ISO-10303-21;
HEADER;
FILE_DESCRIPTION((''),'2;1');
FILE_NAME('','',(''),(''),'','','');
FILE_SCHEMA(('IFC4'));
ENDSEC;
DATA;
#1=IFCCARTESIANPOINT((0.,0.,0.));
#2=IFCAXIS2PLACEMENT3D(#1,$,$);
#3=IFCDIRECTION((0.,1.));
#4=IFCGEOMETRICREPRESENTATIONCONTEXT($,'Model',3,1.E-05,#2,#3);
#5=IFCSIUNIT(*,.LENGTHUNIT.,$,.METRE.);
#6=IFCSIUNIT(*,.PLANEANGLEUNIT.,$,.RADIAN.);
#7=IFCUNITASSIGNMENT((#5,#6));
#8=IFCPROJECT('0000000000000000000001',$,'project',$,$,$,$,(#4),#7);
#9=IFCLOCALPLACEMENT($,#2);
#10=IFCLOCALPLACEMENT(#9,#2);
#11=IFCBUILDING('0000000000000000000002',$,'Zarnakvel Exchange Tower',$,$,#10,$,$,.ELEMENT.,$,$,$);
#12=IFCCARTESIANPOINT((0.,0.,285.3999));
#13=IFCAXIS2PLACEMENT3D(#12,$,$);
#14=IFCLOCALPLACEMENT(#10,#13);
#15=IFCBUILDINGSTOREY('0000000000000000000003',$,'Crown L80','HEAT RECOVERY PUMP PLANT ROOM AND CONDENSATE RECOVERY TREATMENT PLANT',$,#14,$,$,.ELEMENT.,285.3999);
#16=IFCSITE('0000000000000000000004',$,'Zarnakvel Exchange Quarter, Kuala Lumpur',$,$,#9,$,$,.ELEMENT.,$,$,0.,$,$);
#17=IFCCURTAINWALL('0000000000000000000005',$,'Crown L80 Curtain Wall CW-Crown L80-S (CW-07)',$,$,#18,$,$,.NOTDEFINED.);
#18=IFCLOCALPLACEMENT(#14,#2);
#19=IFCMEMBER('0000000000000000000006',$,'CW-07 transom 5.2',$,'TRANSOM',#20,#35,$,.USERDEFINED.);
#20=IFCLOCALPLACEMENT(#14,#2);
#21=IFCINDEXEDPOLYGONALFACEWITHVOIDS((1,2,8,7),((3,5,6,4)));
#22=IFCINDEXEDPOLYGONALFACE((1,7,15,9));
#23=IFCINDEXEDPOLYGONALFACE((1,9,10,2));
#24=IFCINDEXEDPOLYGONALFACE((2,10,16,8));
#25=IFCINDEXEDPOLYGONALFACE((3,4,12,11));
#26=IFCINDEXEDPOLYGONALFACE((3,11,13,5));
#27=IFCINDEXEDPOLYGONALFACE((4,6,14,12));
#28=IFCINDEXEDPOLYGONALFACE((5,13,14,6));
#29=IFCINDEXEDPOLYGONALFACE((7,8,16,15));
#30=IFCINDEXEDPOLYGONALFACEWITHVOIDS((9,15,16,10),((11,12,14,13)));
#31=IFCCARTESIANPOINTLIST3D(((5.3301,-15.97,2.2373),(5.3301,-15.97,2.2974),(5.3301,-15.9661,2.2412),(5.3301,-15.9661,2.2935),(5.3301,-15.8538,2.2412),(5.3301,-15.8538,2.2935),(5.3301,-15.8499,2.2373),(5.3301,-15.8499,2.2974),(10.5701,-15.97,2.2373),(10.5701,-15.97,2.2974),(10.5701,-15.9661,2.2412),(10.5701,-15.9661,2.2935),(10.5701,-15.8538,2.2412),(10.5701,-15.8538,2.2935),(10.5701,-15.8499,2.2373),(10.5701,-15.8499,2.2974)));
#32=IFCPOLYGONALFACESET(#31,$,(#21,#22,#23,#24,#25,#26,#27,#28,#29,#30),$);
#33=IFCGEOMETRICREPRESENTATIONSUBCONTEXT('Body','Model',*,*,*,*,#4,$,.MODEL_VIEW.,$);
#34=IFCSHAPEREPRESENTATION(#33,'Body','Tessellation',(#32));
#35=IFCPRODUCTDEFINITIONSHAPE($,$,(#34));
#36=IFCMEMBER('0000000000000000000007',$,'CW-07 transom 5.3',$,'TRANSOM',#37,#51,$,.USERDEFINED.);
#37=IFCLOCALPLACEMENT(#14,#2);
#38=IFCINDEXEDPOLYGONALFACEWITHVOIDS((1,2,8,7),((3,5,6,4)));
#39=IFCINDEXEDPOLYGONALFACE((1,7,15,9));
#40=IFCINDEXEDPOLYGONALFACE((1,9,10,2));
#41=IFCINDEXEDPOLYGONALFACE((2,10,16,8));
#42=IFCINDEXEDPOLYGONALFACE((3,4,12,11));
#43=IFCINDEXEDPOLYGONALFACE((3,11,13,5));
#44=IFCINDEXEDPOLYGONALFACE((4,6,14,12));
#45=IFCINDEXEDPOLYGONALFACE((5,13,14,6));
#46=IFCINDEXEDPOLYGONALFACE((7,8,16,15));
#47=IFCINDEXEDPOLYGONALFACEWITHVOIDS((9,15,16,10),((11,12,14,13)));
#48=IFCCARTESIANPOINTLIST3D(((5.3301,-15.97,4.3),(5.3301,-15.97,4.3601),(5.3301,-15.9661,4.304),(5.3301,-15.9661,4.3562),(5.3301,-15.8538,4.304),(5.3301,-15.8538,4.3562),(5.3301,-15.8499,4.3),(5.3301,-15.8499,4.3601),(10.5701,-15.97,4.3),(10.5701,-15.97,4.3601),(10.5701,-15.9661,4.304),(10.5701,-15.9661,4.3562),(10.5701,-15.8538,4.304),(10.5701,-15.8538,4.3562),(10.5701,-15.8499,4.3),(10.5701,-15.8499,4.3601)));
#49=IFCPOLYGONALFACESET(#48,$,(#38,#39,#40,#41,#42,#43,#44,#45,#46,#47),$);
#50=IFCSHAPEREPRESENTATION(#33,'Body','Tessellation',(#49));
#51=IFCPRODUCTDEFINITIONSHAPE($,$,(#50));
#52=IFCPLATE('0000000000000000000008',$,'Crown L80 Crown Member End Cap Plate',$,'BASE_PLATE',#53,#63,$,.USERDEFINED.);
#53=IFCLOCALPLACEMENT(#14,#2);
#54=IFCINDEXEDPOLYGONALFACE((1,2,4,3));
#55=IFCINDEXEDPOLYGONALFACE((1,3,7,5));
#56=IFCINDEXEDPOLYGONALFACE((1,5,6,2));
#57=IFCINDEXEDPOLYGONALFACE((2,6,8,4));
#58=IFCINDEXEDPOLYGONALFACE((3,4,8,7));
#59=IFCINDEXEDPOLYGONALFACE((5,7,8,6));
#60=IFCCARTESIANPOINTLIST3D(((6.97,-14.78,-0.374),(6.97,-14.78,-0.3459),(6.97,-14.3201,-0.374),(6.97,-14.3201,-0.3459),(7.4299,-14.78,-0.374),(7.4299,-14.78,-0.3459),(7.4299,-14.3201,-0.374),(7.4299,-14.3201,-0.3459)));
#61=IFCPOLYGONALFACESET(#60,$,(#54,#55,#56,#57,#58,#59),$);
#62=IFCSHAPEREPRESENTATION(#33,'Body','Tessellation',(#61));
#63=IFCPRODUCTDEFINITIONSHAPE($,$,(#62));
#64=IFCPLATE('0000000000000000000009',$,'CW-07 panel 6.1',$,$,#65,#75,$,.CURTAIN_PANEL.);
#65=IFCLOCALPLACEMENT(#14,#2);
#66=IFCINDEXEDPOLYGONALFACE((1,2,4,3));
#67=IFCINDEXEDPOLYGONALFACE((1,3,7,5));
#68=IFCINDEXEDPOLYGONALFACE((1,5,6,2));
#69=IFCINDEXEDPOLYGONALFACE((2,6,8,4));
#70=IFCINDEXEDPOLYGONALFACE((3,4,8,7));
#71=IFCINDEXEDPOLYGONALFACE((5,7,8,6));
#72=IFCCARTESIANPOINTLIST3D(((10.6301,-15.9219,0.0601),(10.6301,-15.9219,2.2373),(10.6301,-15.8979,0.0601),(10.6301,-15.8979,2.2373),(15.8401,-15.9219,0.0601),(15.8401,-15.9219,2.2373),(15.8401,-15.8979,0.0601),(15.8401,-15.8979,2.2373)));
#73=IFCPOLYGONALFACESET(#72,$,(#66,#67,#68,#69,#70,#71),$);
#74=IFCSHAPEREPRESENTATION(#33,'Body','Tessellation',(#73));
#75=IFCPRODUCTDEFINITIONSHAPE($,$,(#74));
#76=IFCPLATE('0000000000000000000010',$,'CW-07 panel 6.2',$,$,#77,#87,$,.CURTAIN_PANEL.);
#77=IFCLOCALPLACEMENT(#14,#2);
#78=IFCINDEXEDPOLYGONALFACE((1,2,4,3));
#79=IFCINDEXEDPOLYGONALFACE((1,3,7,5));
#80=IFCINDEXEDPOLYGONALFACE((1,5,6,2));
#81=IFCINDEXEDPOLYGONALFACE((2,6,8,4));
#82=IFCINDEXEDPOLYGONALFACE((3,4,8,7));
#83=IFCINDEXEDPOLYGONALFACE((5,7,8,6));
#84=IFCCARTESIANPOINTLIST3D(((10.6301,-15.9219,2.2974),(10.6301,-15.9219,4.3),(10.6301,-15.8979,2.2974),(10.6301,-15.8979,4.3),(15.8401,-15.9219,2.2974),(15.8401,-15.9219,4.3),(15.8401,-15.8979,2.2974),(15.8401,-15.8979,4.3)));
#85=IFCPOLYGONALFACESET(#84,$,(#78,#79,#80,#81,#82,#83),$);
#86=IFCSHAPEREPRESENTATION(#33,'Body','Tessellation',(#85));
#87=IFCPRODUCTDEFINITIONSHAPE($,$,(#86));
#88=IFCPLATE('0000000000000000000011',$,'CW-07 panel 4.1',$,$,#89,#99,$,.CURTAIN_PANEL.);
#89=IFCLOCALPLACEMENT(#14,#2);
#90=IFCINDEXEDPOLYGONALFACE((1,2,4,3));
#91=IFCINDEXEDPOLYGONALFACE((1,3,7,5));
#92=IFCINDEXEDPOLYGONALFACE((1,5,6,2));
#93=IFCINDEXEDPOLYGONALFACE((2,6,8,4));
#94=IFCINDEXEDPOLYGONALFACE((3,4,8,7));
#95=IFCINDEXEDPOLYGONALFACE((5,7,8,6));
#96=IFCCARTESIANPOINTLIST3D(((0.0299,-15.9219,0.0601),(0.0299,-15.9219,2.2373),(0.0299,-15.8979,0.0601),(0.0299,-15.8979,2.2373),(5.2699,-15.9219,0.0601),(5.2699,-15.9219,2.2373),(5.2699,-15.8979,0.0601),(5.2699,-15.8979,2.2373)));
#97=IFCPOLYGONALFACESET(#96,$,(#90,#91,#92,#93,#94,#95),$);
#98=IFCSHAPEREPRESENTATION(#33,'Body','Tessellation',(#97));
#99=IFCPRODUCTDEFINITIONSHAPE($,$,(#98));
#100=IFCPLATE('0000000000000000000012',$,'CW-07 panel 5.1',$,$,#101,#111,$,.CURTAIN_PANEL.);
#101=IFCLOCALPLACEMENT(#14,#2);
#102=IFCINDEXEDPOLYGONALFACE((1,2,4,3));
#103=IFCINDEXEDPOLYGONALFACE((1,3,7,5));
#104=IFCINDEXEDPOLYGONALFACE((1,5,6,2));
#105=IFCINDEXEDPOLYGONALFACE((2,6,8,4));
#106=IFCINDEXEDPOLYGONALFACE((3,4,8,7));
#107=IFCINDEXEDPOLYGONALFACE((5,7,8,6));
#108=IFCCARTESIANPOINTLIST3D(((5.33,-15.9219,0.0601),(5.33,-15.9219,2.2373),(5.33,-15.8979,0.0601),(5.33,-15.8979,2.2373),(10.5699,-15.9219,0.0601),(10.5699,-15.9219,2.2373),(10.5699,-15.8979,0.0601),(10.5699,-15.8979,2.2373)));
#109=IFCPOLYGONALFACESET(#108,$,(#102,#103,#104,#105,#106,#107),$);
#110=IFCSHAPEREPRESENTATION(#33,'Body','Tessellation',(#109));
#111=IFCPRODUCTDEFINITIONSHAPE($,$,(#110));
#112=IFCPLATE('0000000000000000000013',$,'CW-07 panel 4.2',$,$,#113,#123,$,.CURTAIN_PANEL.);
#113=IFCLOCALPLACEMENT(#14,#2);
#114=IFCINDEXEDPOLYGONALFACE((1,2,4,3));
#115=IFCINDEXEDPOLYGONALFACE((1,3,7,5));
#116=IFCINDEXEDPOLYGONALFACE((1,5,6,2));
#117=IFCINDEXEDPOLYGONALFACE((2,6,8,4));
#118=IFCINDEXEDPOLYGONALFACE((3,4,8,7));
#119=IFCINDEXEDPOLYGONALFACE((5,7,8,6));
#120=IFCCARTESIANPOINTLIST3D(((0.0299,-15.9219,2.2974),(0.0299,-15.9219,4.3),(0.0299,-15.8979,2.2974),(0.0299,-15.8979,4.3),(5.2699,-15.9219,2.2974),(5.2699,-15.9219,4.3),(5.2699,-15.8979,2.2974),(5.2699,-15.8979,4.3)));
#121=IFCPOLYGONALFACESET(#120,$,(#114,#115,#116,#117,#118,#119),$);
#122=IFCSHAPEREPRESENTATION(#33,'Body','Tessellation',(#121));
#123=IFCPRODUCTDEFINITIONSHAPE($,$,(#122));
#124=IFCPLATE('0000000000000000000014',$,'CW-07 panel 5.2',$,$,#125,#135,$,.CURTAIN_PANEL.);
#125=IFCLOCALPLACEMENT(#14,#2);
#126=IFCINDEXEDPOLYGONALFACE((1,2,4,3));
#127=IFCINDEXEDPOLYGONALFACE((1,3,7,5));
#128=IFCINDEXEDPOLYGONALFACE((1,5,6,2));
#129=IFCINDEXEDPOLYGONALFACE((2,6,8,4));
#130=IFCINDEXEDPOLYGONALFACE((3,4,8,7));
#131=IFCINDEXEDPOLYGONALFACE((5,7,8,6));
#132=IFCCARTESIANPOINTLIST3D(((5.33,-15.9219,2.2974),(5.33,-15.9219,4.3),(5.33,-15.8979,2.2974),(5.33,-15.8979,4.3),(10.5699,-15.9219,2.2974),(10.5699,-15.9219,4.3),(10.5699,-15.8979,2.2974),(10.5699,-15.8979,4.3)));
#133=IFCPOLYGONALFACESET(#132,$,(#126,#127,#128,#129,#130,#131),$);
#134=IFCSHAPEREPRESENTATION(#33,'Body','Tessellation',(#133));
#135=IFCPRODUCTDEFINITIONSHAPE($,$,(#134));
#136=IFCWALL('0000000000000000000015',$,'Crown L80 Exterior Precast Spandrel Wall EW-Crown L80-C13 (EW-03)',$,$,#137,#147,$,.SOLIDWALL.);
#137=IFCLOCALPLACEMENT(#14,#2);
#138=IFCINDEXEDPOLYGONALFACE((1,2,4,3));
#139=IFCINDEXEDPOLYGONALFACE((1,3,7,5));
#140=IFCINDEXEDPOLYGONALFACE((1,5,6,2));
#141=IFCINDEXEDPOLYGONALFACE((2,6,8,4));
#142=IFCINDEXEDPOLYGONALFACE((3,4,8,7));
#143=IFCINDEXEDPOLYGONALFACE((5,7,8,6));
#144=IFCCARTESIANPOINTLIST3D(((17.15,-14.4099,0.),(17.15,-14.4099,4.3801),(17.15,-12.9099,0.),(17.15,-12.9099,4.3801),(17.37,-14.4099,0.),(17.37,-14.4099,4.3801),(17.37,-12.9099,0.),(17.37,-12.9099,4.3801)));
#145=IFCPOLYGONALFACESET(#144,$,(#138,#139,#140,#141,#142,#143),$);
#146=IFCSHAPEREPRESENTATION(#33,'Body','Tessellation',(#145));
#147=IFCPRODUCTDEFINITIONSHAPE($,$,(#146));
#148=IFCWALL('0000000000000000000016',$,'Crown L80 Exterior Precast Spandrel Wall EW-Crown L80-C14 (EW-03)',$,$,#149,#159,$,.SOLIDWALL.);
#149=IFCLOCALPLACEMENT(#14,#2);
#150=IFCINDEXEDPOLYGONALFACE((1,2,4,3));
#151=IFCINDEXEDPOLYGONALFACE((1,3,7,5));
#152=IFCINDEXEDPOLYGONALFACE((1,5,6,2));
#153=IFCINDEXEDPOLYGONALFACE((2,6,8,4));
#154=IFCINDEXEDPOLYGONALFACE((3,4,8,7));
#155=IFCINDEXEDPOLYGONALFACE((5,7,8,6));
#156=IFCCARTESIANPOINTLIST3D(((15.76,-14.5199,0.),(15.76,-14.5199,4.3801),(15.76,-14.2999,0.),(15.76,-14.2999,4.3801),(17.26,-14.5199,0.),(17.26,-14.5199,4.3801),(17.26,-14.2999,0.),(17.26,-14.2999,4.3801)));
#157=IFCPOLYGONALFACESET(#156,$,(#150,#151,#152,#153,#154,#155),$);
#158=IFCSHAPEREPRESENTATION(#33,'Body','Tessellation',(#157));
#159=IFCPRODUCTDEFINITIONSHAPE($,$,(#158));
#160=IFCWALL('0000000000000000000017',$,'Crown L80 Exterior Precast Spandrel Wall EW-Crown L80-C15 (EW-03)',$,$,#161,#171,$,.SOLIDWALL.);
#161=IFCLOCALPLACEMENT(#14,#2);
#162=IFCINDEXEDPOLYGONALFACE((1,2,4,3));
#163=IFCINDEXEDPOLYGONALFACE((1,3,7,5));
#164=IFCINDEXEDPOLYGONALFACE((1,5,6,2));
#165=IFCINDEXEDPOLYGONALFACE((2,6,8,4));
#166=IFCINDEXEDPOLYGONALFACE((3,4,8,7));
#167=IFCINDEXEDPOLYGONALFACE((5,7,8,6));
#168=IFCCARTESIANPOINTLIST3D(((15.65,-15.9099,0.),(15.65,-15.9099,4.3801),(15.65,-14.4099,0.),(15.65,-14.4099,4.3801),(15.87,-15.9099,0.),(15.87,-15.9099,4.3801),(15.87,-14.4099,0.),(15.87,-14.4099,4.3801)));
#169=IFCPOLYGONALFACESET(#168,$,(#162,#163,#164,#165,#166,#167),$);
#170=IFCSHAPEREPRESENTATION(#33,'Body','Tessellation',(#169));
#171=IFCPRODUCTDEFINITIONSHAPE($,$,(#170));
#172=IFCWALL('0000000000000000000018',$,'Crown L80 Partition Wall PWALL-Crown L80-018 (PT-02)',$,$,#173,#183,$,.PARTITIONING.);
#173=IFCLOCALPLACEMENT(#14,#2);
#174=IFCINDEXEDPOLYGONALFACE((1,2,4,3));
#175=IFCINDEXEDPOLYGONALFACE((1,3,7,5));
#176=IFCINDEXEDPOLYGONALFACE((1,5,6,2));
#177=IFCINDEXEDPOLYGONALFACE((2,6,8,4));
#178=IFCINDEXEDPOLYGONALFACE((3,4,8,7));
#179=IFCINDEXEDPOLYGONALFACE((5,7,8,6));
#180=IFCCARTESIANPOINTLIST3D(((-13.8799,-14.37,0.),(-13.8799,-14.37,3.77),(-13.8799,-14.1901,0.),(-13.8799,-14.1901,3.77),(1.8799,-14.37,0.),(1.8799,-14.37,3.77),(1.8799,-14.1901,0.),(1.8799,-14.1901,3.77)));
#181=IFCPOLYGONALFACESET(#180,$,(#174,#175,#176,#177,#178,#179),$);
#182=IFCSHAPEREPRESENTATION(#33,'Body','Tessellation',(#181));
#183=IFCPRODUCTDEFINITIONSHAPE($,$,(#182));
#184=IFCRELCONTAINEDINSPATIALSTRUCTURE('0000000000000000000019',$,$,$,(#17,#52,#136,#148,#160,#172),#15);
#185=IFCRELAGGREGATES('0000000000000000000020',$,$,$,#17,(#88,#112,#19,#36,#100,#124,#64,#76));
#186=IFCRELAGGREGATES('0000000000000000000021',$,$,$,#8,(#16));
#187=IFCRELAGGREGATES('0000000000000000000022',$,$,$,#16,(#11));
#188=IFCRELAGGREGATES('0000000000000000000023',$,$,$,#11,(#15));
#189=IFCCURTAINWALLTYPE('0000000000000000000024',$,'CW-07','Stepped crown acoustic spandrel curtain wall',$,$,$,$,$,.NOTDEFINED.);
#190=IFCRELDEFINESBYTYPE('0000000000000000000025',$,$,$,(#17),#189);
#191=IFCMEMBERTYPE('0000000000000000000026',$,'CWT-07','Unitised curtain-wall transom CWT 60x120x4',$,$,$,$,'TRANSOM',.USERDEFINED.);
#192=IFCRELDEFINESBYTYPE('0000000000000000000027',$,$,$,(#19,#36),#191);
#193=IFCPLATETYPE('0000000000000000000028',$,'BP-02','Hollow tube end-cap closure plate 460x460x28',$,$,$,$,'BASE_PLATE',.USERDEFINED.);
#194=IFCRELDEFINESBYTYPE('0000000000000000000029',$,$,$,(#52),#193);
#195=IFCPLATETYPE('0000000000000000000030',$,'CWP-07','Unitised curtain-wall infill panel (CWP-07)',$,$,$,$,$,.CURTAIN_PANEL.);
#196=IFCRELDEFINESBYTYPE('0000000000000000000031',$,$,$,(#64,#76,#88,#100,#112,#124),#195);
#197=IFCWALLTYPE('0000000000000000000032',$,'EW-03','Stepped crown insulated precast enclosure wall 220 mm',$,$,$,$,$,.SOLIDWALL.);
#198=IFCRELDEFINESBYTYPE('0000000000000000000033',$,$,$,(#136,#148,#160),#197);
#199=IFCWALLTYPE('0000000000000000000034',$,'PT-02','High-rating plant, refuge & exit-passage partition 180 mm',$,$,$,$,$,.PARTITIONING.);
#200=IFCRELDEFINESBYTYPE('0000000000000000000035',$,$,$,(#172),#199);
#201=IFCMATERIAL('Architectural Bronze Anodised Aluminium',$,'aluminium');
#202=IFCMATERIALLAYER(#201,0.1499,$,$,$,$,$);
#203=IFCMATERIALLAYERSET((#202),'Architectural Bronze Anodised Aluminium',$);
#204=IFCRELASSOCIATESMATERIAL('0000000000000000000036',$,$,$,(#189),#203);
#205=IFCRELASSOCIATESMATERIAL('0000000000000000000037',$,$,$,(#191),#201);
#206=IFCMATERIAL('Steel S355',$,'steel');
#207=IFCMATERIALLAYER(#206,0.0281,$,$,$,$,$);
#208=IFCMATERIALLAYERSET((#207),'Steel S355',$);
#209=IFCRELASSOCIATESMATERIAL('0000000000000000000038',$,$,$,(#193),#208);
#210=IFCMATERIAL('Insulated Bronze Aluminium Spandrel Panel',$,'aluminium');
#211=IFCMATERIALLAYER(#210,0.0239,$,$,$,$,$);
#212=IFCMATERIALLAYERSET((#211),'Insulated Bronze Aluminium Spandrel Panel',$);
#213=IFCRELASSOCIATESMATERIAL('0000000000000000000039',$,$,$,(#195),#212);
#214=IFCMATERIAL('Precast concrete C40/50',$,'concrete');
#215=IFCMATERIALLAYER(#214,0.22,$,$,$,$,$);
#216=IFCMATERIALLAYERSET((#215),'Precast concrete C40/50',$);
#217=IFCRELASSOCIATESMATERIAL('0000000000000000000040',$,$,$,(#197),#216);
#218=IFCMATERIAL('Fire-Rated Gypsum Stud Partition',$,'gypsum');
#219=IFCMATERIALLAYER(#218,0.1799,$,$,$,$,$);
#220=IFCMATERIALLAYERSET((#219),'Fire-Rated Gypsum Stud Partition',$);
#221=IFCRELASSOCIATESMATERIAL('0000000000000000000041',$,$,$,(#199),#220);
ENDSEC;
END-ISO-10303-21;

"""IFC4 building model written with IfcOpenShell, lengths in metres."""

from ifc_helpers import new_model, si_unit, direction, frame, frame_2d, origin, origin_2d, place, context, subcontext, project, spatial, rectangle, hollow_rectangle, extrude, source, transform, mapped, material, layer, layer_set, material_profile, profile_set, type_object, element, aggregate, save


model = new_model("IFC4")

# Units and contexts
model_context = context("Model", 3, precision=1e-05, world=origin(), true_north=direction((0.0, 1.0)))
body_context = subcontext(model_context, "Body", "Model", "MODEL_VIEW")
ifc_project = project(units=[si_unit("LENGTHUNIT", "METRE"), si_unit("PLANEANGLEUNIT", "RADIAN")], contexts=[model_context])

# Site, building, storey
site_placement = place(None, origin())
site = spatial("IfcSite", under=ifc_project, at=site_placement, Name="Zarnakvel Exchange Quarter, Kuala Lumpur", CompositionType="ELEMENT", RefElevation=0.0)
building_placement = place(site_placement, origin())
building = spatial("IfcBuilding", under=site, at=building_placement, Name="Zarnakvel Exchange Tower", CompositionType="ELEMENT")
storey_placement = place(building_placement, frame((0.0, 0.0, 285.3999)))
storey = spatial("IfcBuildingStorey", under=building, at=storey_placement, Name="Crown L80", Description="HEAT RECOVERY PUMP PLANT ROOM AND CONDENSATE RECOVERY TREATMENT PLANT", CompositionType="ELEMENT", Elevation=285.3999)

# Shared definitions
ifc_material_1 = material(Name="Steel S355", Category="steel")

# Curtain wall, members
ifc_material_2 = material(Name="Architectural Bronze Anodised Aluminium", Category="aluminium")
ifc_layer_1 = layer(ifc_material_2, 0.1499)
ifc_layer_set_1 = layer_set([ifc_layer_1], Name="Architectural Bronze Anodised Aluminium")
curtain_wall_type = type_object("IfcCurtainWallType", Name="CW-07", Description="Stepped crown acoustic spandrel curtain wall", PredefinedType="NOTDEFINED", material=ifc_layer_set_1)
curtain_wall_placement = place(storey_placement, origin())
curtain_wall = element("IfcCurtainWall", 1, at=curtain_wall_placement, inside=storey, type_object=curtain_wall_type, Name="Crown L80 Curtain Wall CW-Crown L80-S (CW-07)", PredefinedType="NOTDEFINED")
ifc_material_profile_1 = material_profile(ifc_material_2, hollow_rectangle(XDim=0.1201, YDim=0.0601, WallThickness=0.0039, at=origin_2d()))
ifc_profile_set_1 = profile_set([ifc_material_profile_1], Name="Architectural Bronze Anodised Aluminium")
member_type_1 = type_object("IfcMemberType", Name="CWT-07", Description="Unitised curtain-wall transom CWT 60x120x4", ElementType="TRANSOM", PredefinedType="USERDEFINED", material=ifc_profile_set_1)
shared_shape_1 = source(origin(), body_context, "Body", "SweptSolid", [
    extrude(hollow_rectangle(XDim=0.1201, YDim=0.0601, WallThickness=0.0039, at=origin_2d()), origin(), (0.0, 0.0, 1.0), 5.24),
])
member_1_placement = place(storey_placement, frame((5.3301, -15.9099, 2.2673), z_axis=(1.0, 0.0, 0.0), x_axis=(0.0, 1.0, 0.0)))
member_1 = element("IfcMember", 2, at=member_1_placement, type_object=member_type_1, Name="CW-07 transom 5.2", ObjectType="TRANSOM", PredefinedType="USERDEFINED", context=body_context, shape_type="MappedRepresentation", body=[
    mapped(shared_shape_1, transform((0.0, 0.0, 0.0), x_axis=(1.0, 0.0, 0.0), y_axis=(0.0, 1.0, 0.0), z_axis=(0.0, 0.0, 1.0), scale=1.0)),
])
member_2_placement = place(storey_placement, frame((5.3301, -15.9099, 4.3301), z_axis=(1.0, 0.0, 0.0), x_axis=(0.0, 1.0, 0.0)))
member_2 = element("IfcMember", 3, at=member_2_placement, type_object=member_type_1, Name="CW-07 transom 5.3", ObjectType="TRANSOM", PredefinedType="USERDEFINED", context=body_context, shape_type="MappedRepresentation", body=[
    mapped(shared_shape_1, transform((0.0, 0.0, 0.0), x_axis=(1.0, 0.0, 0.0), y_axis=(0.0, 1.0, 0.0), z_axis=(0.0, 0.0, 1.0), scale=1.0)),
])

# Plates
ifc_layer_2 = layer(ifc_material_1, 0.0281)
ifc_layer_set_2 = layer_set([ifc_layer_2], Name="Steel S355")
plate_type_1 = type_object("IfcPlateType", Name="BP-02", Description="Hollow tube end-cap closure plate 460x460x28", ElementType="BASE_PLATE", PredefinedType="USERDEFINED", material=ifc_layer_set_2)
shared_shape_2 = source(origin(), body_context, "Body", "SweptSolid", [
    extrude(rectangle(XDim=0.46, YDim=0.46, at=origin_2d()), origin(), (0.0, 0.0, 1.0), 0.0281),
])
plate_1_placement = place(storey_placement, frame((7.2, -14.55, -0.374), z_axis=(0.0, 0.0, 1.0), x_axis=(1.0, 0.0, 0.0)))
element("IfcPlate", 4, at=plate_1_placement, inside=storey, type_object=plate_type_1, Name="Crown L80 Crown Member End Cap Plate", ObjectType="BASE_PLATE", PredefinedType="USERDEFINED", context=body_context, shape_type="MappedRepresentation", body=[
    mapped(shared_shape_2, transform((0.0, 0.0, 0.0), x_axis=(1.0, 0.0, 0.0), y_axis=(0.0, 1.0, 0.0), z_axis=(0.0, 0.0, 1.0), scale=1.0)),
])
ifc_material_3 = material(Name="Insulated Bronze Aluminium Spandrel Panel", Category="aluminium")
ifc_layer_3 = layer(ifc_material_3, 0.0239)
ifc_layer_set_3 = layer_set([ifc_layer_3], Name="Insulated Bronze Aluminium Spandrel Panel")
plate_type_2 = type_object("IfcPlateType", Name="CWP-07", Description="Unitised curtain-wall infill panel (CWP-07)", PredefinedType="CURTAIN_PANEL", material=ifc_layer_set_3)
shared_shape_3 = source(origin(), body_context, "Body", "SweptSolid", [
    extrude(rectangle(XDim=5.21, YDim=0.0239, at=origin_2d()), origin(), (0.0, 0.0, 1.0), 2.1772),
])
plate_2_placement = place(storey_placement, frame((13.2351, -15.9099, 0.0601), z_axis=(0.0, 0.0, 1.0), x_axis=(1.0, 0.0, 0.0)))
plate_2 = element("IfcPlate", 5, at=plate_2_placement, type_object=plate_type_2, Name="CW-07 panel 6.1", PredefinedType="CURTAIN_PANEL", context=body_context, shape_type="MappedRepresentation", body=[
    mapped(shared_shape_3, transform((0.0, 0.0, 0.0), x_axis=(1.0, 0.0, 0.0), y_axis=(0.0, 1.0, 0.0), z_axis=(0.0, 0.0, 1.0), scale=1.0)),
])
shared_shape_4 = source(origin(), body_context, "Body", "SweptSolid", [
    extrude(rectangle(XDim=5.21, YDim=0.0239, at=origin_2d()), origin(), (0.0, 0.0, 1.0), 2.0027),
])
plate_3_placement = place(storey_placement, frame((13.2351, -15.9099, 2.2974), z_axis=(0.0, 0.0, 1.0), x_axis=(1.0, 0.0, 0.0)))
plate_3 = element("IfcPlate", 6, at=plate_3_placement, type_object=plate_type_2, Name="CW-07 panel 6.2", PredefinedType="CURTAIN_PANEL", context=body_context, shape_type="MappedRepresentation", body=[
    mapped(shared_shape_4, transform((0.0, 0.0, 0.0), x_axis=(1.0, 0.0, 0.0), y_axis=(0.0, 1.0, 0.0), z_axis=(0.0, 0.0, 1.0), scale=1.0)),
])
shared_shape_5 = source(origin(), body_context, "Body", "SweptSolid", [
    extrude(rectangle(XDim=5.24, YDim=0.0239, at=origin_2d()), origin(), (0.0, 0.0, 1.0), 2.1772),
])
plate_4_placement = place(storey_placement, frame((2.6499, -15.9099, 0.0601), z_axis=(0.0, 0.0, 1.0), x_axis=(1.0, 0.0, 0.0)))
plate_4 = element("IfcPlate", 7, at=plate_4_placement, type_object=plate_type_2, Name="CW-07 panel 4.1", PredefinedType="CURTAIN_PANEL", context=body_context, shape_type="MappedRepresentation", body=[
    mapped(shared_shape_5, transform((0.0, 0.0, 0.0), x_axis=(1.0, 0.0, 0.0), y_axis=(0.0, 1.0, 0.0), z_axis=(0.0, 0.0, 1.0), scale=1.0)),
])
plate_5_placement = place(storey_placement, frame((7.95, -15.9099, 0.0601), z_axis=(0.0, 0.0, 1.0), x_axis=(1.0, 0.0, 0.0)))
plate_5 = element("IfcPlate", 8, at=plate_5_placement, type_object=plate_type_2, Name="CW-07 panel 5.1", PredefinedType="CURTAIN_PANEL", context=body_context, shape_type="MappedRepresentation", body=[
    mapped(shared_shape_5, transform((0.0, 0.0, 0.0), x_axis=(1.0, 0.0, 0.0), y_axis=(0.0, 1.0, 0.0), z_axis=(0.0, 0.0, 1.0), scale=1.0)),
])
shared_shape_6 = source(origin(), body_context, "Body", "SweptSolid", [
    extrude(rectangle(XDim=5.24, YDim=0.0239, at=origin_2d()), origin(), (0.0, 0.0, 1.0), 2.0027),
])
plate_6_placement = place(storey_placement, frame((2.6499, -15.9099, 2.2974), z_axis=(0.0, 0.0, 1.0), x_axis=(1.0, 0.0, 0.0)))
plate_6 = element("IfcPlate", 9, at=plate_6_placement, type_object=plate_type_2, Name="CW-07 panel 4.2", PredefinedType="CURTAIN_PANEL", context=body_context, shape_type="MappedRepresentation", body=[
    mapped(shared_shape_6, transform((0.0, 0.0, 0.0), x_axis=(1.0, 0.0, 0.0), y_axis=(0.0, 1.0, 0.0), z_axis=(0.0, 0.0, 1.0), scale=1.0)),
])
plate_7_placement = place(storey_placement, frame((7.95, -15.9099, 2.2974), z_axis=(0.0, 0.0, 1.0), x_axis=(1.0, 0.0, 0.0)))
plate_7 = element("IfcPlate", 10, at=plate_7_placement, type_object=plate_type_2, Name="CW-07 panel 5.2", PredefinedType="CURTAIN_PANEL", context=body_context, shape_type="MappedRepresentation", body=[
    mapped(shared_shape_6, transform((0.0, 0.0, 0.0), x_axis=(1.0, 0.0, 0.0), y_axis=(0.0, 1.0, 0.0), z_axis=(0.0, 0.0, 1.0), scale=1.0)),
])
aggregate(curtain_wall, [plate_4, plate_6, member_1, member_2, plate_5, plate_7, plate_2, plate_3])

# Walls
ifc_material_4 = material(Name="Precast concrete C40/50", Category="concrete")
ifc_layer_4 = layer(ifc_material_4, 0.22)
ifc_layer_set_4 = layer_set([ifc_layer_4], Name="Precast concrete C40/50")
wall_type_1 = type_object("IfcWallType", Name="EW-03", Description="Stepped crown insulated precast enclosure wall 220 mm", PredefinedType="SOLIDWALL", material=ifc_layer_set_4)
for number, where, z_axis, x_axis, name in (
    (11, (17.26, -14.4099, 0.0), (0.0, 0.0, 1.0), (0.0, 1.0, 0.0), "Crown L80 Exterior Precast Spandrel Wall EW-Crown L80-C13 (EW-03)"),
    (12, (15.76, -14.4099, 0.0), (0.0, 0.0, 1.0), (1.0, 0.0, 0.0), "Crown L80 Exterior Precast Spandrel Wall EW-Crown L80-C14 (EW-03)"),
    (13, (15.76, -15.9099, 0.0), (0.0, 0.0, 1.0), (0.0, 1.0, 0.0), "Crown L80 Exterior Precast Spandrel Wall EW-Crown L80-C15 (EW-03)"),
):
    element("IfcWall", number, at=place(storey_placement, frame(where, z_axis=z_axis, x_axis=x_axis)), inside=storey, type_object=wall_type_1, Name=name, PredefinedType="SOLIDWALL", context=body_context, shape_type="SweptSolid", body=[
        extrude(rectangle(XDim=1.5, YDim=0.22, at=frame_2d((0.75, 0.0))), origin(), (0.0, 0.0, 1.0), 4.3801),
    ])
ifc_material_5 = material(Name="Fire-Rated Gypsum Stud Partition", Category="gypsum")
ifc_layer_5 = layer(ifc_material_5, 0.1799)
ifc_layer_set_5 = layer_set([ifc_layer_5], Name="Fire-Rated Gypsum Stud Partition")
wall_type_2 = type_object("IfcWallType", Name="PT-02", Description="High-rating plant, refuge & exit-passage partition 180 mm", PredefinedType="PARTITIONING", material=ifc_layer_set_5)
wall_1_placement = place(storey_placement, frame((1.8799, -14.28, 0.0), z_axis=(0.0, 0.0, 1.0), x_axis=(-1.0, 0.0, 0.0)))
element("IfcWall", 14, at=wall_1_placement, inside=storey, type_object=wall_type_2, Name="Crown L80 Partition Wall PWALL-Crown L80-018 (PT-02)", PredefinedType="PARTITIONING", context=body_context, shape_type="SweptSolid", body=[
    extrude(rectangle(XDim=15.7598, YDim=0.1799, at=frame_2d((7.8799, 0.0))), origin(), (0.0, 0.0, 1.0), 3.77),
])

save(model, "model.ifc")
